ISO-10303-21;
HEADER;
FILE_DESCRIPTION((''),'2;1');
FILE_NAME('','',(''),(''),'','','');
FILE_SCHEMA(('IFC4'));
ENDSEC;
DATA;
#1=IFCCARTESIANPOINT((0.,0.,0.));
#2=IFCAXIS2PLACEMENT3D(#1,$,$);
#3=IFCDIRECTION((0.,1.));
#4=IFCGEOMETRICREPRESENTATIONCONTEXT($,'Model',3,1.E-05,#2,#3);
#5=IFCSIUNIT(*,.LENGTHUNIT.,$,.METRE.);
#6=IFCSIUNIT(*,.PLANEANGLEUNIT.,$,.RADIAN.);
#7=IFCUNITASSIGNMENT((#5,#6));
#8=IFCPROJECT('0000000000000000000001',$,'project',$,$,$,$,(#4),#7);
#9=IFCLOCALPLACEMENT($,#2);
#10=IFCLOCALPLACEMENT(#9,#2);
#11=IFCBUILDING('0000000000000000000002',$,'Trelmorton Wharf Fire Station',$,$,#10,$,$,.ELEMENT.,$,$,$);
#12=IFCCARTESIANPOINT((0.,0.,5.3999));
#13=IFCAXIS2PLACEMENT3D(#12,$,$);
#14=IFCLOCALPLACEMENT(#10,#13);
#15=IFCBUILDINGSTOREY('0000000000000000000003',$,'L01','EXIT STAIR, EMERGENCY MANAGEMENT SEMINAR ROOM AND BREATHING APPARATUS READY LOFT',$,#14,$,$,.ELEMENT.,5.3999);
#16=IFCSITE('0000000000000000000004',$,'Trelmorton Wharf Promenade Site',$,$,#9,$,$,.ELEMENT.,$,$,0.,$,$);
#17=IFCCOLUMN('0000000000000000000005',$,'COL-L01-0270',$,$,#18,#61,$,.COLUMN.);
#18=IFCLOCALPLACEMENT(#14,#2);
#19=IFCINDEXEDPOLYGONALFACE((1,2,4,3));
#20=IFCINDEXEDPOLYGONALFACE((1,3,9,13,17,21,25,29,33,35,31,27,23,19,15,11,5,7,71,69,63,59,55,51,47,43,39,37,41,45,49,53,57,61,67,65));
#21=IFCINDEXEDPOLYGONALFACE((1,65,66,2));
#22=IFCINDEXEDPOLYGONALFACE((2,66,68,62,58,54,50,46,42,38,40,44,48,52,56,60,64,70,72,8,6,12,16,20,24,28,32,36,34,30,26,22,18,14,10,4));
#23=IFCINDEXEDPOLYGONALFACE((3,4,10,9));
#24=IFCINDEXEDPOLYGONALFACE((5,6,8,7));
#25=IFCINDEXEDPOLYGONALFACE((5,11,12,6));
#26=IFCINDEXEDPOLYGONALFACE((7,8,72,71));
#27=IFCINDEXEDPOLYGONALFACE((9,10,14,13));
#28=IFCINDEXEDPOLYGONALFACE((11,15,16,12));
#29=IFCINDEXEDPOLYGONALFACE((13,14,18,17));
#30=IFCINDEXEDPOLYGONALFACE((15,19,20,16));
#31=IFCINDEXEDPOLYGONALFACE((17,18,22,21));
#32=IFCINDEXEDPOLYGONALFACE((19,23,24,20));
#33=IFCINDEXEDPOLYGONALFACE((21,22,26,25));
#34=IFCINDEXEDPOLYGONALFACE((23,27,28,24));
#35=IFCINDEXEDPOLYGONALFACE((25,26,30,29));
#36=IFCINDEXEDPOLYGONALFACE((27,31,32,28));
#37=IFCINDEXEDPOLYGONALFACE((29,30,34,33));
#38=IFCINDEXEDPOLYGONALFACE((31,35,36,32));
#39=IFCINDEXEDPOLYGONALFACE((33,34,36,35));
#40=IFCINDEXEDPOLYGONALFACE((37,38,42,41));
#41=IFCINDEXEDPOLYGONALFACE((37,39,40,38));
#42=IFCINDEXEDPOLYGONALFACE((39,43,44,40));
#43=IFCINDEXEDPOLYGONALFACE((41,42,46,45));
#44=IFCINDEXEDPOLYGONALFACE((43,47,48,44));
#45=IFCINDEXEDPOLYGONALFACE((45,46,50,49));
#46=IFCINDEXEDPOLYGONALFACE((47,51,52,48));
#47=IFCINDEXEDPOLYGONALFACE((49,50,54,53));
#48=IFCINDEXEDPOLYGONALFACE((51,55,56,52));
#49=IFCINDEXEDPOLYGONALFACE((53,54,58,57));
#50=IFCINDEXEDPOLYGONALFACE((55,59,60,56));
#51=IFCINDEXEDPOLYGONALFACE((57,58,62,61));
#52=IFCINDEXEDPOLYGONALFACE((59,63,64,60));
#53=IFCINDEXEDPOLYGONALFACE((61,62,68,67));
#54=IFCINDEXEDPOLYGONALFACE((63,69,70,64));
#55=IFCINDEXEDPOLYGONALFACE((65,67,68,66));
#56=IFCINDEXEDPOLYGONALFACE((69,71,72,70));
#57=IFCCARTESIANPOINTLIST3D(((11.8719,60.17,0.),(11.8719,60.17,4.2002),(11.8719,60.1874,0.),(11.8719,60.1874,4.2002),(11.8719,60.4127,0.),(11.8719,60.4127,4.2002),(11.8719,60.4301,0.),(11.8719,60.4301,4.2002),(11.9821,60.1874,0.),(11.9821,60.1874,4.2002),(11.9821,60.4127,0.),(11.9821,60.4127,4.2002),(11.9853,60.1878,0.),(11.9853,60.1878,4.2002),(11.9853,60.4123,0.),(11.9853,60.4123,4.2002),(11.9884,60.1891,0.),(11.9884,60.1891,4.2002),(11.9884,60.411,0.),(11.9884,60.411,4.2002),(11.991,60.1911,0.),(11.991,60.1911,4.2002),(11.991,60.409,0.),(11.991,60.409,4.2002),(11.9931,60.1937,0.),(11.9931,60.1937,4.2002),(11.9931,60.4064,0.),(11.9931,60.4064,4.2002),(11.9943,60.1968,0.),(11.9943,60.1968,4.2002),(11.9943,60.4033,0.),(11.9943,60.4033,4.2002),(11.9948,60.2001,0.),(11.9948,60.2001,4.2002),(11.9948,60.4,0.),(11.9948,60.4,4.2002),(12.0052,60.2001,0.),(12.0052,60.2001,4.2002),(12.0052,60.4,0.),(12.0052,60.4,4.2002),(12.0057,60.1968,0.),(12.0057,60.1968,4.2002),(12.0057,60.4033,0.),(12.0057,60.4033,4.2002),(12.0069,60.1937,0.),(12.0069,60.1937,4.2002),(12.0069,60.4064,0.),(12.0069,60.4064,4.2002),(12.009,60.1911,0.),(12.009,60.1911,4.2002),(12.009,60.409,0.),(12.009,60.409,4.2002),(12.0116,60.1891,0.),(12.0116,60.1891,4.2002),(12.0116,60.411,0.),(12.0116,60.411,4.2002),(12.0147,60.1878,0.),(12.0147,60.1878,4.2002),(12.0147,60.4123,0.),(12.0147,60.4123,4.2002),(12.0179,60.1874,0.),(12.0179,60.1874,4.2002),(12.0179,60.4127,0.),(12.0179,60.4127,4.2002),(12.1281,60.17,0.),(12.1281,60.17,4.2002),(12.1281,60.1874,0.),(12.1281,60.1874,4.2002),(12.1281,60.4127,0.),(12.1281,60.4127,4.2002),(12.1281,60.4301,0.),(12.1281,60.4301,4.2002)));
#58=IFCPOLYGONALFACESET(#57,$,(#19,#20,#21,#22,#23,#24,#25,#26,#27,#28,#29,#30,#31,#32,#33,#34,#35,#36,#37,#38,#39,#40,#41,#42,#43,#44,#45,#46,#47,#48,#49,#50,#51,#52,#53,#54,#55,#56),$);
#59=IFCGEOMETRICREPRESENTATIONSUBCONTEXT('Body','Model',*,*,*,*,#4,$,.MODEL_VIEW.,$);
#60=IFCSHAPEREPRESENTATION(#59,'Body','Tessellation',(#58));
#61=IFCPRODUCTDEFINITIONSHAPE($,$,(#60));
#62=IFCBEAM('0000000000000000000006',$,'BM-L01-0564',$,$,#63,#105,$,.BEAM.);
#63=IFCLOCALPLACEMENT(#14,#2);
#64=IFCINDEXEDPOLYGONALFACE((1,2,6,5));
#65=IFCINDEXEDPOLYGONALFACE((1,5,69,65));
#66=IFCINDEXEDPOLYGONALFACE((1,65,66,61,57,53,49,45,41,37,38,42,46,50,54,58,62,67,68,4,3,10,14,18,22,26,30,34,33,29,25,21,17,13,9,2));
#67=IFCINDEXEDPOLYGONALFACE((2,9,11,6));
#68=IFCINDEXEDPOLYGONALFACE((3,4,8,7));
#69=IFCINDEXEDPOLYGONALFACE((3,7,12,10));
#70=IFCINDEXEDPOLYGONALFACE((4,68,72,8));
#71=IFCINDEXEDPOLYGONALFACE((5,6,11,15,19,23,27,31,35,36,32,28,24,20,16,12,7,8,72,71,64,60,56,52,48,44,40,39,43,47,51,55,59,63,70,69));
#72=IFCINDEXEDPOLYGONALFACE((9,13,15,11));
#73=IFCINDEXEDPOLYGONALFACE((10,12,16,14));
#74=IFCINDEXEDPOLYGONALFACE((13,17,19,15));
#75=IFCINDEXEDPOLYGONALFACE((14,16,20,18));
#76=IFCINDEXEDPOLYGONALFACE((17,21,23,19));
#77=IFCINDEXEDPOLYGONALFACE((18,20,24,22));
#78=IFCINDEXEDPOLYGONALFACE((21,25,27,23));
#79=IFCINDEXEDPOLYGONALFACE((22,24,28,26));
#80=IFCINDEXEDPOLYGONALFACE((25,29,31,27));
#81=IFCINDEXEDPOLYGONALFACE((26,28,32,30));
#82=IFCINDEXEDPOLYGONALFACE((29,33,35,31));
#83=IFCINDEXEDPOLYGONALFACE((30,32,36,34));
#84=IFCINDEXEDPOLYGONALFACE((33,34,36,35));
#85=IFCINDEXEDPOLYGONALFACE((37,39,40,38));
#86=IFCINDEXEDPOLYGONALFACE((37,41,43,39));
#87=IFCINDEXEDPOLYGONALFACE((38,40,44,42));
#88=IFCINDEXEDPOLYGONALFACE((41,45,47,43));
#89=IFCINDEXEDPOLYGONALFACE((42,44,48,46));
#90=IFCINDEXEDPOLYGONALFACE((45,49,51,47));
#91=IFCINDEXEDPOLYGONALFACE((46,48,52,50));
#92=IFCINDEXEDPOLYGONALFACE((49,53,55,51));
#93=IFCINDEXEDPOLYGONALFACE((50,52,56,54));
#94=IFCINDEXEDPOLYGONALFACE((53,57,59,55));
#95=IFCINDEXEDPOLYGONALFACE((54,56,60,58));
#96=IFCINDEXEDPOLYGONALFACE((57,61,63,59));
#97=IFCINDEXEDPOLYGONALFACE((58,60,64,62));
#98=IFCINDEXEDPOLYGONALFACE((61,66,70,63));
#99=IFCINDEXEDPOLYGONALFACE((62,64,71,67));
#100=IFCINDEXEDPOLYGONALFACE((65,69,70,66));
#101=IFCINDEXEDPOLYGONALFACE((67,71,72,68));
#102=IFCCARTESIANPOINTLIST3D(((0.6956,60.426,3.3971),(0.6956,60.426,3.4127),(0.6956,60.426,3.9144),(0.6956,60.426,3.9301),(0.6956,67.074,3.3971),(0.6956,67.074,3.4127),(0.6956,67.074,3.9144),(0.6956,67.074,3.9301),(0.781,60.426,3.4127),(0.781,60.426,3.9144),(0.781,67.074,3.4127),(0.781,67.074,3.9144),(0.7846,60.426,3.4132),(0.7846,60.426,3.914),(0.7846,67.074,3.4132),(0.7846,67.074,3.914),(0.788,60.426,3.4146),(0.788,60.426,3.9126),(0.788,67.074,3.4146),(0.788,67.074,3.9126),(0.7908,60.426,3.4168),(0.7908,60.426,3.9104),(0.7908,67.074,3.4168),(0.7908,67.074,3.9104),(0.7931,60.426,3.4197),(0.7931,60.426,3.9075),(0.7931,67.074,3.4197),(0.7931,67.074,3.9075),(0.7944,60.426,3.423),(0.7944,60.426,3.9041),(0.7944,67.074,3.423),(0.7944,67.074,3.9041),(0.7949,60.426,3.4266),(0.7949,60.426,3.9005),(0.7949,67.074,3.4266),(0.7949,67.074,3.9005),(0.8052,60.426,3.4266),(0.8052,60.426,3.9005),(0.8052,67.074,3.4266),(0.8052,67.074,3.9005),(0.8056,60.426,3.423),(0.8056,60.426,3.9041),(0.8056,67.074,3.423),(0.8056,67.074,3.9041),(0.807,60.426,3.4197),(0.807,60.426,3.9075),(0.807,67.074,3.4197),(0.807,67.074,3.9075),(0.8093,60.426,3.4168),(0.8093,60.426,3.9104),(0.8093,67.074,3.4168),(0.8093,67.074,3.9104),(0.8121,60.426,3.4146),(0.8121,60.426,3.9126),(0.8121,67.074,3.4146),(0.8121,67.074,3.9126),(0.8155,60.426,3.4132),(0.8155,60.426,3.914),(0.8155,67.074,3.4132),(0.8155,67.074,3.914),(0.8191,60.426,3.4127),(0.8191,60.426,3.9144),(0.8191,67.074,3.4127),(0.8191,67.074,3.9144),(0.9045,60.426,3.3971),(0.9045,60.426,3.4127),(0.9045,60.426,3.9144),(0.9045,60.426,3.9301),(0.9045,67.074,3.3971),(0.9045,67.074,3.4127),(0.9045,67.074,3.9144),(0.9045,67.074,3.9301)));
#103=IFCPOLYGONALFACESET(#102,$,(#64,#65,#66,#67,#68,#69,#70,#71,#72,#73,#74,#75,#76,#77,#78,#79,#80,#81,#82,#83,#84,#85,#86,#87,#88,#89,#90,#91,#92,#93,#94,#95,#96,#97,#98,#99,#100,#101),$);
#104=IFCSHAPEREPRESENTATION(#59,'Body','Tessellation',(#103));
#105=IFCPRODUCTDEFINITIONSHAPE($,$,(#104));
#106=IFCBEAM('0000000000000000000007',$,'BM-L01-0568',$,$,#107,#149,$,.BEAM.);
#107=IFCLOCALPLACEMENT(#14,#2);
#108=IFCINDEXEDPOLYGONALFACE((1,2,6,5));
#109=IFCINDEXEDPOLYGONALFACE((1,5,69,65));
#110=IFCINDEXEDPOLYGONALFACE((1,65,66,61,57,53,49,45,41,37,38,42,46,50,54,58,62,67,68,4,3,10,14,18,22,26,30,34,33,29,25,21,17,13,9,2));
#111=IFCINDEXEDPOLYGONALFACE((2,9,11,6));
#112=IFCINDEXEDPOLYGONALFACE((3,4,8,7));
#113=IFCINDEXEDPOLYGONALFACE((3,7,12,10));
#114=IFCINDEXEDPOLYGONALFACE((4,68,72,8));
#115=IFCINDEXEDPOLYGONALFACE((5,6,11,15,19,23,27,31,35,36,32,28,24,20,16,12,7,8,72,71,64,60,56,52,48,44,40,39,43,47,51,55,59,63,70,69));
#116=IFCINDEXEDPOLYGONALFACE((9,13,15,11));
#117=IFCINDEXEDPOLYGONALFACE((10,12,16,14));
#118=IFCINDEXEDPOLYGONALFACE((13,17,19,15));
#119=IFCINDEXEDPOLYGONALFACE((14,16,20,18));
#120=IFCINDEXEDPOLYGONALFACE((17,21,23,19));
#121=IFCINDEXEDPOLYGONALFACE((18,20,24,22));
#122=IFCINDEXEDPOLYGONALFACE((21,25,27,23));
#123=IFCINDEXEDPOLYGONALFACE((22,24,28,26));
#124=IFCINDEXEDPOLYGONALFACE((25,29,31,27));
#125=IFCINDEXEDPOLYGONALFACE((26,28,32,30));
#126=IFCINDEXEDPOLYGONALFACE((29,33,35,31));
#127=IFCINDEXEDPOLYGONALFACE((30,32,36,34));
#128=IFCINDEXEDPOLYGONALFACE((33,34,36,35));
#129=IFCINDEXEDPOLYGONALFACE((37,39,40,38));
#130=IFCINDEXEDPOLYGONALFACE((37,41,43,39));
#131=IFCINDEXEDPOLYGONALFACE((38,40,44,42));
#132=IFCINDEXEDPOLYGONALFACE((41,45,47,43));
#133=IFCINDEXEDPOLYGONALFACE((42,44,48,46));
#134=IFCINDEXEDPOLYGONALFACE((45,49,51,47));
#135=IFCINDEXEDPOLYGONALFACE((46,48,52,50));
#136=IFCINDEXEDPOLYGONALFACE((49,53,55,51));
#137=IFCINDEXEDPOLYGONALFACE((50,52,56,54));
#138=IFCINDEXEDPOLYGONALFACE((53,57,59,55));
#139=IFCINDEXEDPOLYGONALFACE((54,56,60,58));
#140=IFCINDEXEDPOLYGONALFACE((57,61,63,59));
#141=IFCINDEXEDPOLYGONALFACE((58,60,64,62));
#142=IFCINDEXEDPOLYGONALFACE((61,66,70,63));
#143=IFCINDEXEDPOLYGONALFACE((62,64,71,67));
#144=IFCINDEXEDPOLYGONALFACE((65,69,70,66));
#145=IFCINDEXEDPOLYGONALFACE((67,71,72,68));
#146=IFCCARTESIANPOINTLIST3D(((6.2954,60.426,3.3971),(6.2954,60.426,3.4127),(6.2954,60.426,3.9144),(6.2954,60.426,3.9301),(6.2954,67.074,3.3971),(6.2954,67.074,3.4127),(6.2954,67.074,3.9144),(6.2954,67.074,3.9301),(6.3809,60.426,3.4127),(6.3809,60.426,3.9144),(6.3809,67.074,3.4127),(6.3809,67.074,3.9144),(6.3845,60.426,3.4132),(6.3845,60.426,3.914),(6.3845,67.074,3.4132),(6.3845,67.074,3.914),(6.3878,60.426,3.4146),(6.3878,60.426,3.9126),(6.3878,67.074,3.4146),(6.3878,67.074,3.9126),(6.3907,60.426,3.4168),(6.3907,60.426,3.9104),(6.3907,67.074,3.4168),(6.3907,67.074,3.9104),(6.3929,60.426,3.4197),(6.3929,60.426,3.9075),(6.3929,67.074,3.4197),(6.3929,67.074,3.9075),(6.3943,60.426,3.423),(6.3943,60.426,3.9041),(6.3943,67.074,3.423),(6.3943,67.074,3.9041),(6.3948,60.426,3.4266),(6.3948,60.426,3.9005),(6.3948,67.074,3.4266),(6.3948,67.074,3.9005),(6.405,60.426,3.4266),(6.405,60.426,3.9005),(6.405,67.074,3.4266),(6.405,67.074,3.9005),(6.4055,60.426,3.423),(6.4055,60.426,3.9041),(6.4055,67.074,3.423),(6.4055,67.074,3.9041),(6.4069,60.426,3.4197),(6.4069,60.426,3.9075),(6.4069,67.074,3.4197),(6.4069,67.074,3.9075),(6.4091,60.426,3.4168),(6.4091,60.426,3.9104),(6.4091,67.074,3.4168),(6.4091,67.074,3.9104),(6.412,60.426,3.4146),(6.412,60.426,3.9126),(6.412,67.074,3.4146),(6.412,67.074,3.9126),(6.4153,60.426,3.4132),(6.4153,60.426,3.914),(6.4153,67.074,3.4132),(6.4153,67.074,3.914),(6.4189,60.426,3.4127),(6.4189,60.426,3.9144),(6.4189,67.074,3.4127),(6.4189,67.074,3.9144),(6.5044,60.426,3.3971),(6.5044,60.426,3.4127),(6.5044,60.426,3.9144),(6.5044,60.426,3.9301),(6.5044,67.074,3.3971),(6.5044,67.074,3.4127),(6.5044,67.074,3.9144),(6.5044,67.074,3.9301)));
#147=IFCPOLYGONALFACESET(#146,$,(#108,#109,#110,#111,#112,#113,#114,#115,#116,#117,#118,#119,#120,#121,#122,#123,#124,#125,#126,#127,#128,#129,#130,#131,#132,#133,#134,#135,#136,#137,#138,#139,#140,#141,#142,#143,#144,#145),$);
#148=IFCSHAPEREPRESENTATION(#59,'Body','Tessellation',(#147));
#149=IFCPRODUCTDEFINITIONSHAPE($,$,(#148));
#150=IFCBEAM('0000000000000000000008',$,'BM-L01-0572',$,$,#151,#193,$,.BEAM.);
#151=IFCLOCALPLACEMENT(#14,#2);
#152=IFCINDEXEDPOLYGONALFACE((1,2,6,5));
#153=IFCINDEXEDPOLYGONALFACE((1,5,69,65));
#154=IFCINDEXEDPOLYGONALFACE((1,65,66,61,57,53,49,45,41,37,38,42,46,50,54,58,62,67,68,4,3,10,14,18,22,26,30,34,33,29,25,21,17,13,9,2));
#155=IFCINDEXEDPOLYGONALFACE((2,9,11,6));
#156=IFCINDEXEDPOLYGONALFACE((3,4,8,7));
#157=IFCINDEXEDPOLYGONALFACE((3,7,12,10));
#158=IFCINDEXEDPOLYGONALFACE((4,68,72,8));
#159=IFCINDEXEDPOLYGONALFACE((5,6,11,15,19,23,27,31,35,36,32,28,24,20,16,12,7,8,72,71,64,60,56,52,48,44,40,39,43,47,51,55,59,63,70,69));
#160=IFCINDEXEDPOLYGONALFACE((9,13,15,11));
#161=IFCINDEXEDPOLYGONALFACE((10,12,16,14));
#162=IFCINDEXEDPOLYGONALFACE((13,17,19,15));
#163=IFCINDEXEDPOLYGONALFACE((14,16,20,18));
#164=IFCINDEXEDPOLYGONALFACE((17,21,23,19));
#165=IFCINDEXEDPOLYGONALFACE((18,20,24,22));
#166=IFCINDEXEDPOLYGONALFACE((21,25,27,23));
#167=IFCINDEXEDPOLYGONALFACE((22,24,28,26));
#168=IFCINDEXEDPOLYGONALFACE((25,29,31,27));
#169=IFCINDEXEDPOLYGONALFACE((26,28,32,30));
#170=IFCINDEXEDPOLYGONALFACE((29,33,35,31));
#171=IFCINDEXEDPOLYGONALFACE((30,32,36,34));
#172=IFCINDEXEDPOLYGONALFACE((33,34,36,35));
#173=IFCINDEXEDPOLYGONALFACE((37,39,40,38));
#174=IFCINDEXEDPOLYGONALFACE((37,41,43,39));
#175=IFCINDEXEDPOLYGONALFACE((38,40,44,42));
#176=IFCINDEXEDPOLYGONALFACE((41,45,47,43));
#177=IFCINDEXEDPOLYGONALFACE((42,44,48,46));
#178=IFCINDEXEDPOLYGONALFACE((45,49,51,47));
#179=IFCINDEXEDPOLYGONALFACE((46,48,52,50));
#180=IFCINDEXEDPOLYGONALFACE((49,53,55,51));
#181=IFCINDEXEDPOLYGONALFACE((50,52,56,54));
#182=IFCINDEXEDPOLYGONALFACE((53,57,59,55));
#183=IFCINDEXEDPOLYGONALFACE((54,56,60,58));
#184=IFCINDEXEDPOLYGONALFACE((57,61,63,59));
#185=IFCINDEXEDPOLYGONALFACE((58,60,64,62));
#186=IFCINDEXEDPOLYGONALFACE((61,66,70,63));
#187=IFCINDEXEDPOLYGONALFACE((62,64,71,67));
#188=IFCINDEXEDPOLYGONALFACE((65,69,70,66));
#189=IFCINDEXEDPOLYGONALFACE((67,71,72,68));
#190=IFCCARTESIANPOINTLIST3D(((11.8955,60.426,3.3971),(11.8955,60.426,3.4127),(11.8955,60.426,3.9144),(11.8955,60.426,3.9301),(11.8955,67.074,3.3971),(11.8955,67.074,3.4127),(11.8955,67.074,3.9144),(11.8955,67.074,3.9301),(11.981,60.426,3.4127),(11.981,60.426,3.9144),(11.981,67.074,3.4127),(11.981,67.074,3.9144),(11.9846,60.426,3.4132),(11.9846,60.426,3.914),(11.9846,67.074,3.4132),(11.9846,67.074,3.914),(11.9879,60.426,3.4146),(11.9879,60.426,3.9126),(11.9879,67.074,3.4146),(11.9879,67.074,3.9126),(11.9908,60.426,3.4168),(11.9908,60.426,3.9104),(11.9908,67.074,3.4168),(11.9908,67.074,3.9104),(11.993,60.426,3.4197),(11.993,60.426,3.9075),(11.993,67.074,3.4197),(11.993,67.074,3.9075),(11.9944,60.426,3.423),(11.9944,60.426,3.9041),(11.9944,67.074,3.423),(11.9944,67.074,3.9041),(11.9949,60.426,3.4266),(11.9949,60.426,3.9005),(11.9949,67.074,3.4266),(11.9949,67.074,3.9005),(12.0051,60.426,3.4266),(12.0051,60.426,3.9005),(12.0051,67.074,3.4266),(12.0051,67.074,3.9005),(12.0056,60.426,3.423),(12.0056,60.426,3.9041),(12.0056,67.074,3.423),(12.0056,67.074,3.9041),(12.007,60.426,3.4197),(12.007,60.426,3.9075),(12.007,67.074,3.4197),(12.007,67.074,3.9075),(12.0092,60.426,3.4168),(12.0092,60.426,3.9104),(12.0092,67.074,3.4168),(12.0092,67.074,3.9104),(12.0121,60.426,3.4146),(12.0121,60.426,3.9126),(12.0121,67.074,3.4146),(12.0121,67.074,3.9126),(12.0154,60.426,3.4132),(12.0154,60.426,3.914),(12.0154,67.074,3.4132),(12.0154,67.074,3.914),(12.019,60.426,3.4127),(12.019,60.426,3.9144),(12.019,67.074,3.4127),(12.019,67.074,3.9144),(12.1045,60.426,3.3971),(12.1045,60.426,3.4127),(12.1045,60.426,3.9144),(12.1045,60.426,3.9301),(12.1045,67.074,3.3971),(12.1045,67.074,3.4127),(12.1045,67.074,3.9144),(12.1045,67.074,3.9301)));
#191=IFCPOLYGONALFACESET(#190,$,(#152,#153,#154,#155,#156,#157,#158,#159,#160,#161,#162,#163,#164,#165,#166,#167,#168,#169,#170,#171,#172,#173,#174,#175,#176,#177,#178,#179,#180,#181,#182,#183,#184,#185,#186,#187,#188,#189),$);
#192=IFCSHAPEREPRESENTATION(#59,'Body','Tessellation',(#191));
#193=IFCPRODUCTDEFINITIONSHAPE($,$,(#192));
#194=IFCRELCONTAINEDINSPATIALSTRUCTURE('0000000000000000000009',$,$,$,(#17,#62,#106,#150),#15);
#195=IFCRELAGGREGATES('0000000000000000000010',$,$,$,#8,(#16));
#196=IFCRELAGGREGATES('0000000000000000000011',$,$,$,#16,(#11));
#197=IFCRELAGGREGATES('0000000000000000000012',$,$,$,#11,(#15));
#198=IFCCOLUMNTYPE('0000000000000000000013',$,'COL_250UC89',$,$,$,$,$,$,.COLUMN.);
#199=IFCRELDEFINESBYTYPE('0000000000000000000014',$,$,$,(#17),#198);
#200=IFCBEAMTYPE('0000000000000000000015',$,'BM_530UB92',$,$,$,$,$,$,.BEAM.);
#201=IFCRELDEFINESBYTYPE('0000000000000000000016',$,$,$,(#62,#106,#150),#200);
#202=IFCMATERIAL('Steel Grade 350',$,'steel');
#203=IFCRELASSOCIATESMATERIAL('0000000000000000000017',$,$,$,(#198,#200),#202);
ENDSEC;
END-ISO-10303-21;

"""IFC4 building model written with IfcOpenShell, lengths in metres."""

from ifc_helpers import new_model, si_unit, direction, frame, origin, origin_2d, place, context, subcontext, project, spatial, i_section, extrude, material, material_profile, profile_set, type_object, element, save


model = new_model("IFC4")

# Units and contexts
model_context = context("Model", 3, precision=1e-05, world=origin(), true_north=direction((0.0, 1.0)))
body_context = subcontext(model_context, "Body", "Model", "MODEL_VIEW")
ifc_project = project(units=[si_unit("LENGTHUNIT", "METRE"), si_unit("PLANEANGLEUNIT", "RADIAN")], contexts=[model_context])

# Site, building, storey
site_placement = place(None, origin())
site = spatial("IfcSite", under=ifc_project, at=site_placement, Name="Trelmorton Wharf Promenade Site", CompositionType="ELEMENT", RefElevation=0.0)
building_placement = place(site_placement, origin())
building = spatial("IfcBuilding", under=site, at=building_placement, Name="Trelmorton Wharf Fire Station", CompositionType="ELEMENT")
storey_placement = place(building_placement, frame((0.0, 0.0, 5.3999)))
storey = spatial("IfcBuildingStorey", under=building, at=storey_placement, Name="L01", Description="EXIT STAIR, EMERGENCY MANAGEMENT SEMINAR ROOM AND BREATHING APPARATUS READY LOFT", CompositionType="ELEMENT", Elevation=5.3999)

# Column
ifc_material_1 = material(Name="Steel Grade 350", Category="steel")
ifc_material_profile_1 = material_profile(ifc_material_1, i_section(OverallWidth=0.2561, OverallDepth=0.26, WebThickness=0.0105, FlangeThickness=0.0173, FilletRadius=0.0127, at=origin_2d()), Name="250UC89.5")
ifc_profile_set_1 = profile_set([ifc_material_profile_1], Name="Steel Grade 350")
column_type = type_object("IfcColumnType", Name="COL_250UC89", PredefinedType="COLUMN", material=ifc_profile_set_1)
column_placement = place(storey_placement, frame((12.0, 60.3, 0.0), z_axis=(0.0, 0.0, 1.0), x_axis=(1.0, 0.0, 0.0)))
element("IfcColumn", 1, at=column_placement, inside=storey, type_object=column_type, Name="COL-L01-0270", PredefinedType="COLUMN", context=body_context, shape_type="SweptSolid", body=[
    extrude(i_section(OverallWidth=0.2561, OverallDepth=0.26, WebThickness=0.0105, FlangeThickness=0.0173, FilletRadius=0.0127, at=origin_2d()), origin(), (0.0, 0.0, 1.0), 4.2002),
])

# Beams
ifc_material_profile_2 = material_profile(ifc_material_1, i_section(OverallWidth=0.209, OverallDepth=0.533, WebThickness=0.0103, FlangeThickness=0.0156, FilletRadius=0.0139, at=origin_2d()), Name="530UB92.4")
ifc_profile_set_2 = profile_set([ifc_material_profile_2], Name="Steel Grade 350")
beam_type_1 = type_object("IfcBeamType", Name="BM_530UB92", PredefinedType="BEAM", material=ifc_profile_set_2)
for number, where, z_axis, x_axis, name in (
    (2, (0.8, 60.426, 3.6636), (0.0, 1.0, 0.0), (-1.0, 0.0, 0.0), "BM-L01-0564"),
    (3, (6.3999, 60.426, 3.6636), (0.0, 1.0, 0.0), (-1.0, 0.0, 0.0), "BM-L01-0568"),
    (4, (12.0, 60.426, 3.6636), (0.0, 1.0, 0.0), (-1.0, 0.0, 0.0), "BM-L01-0572"),
):
    element("IfcBeam", number, at=place(storey_placement, frame(where, z_axis=z_axis, x_axis=x_axis)), inside=storey, type_object=beam_type_1, Name=name, PredefinedType="BEAM", context=body_context, shape_type="SweptSolid", body=[
        extrude(i_section(OverallWidth=0.209, OverallDepth=0.533, WebThickness=0.0103, FlangeThickness=0.0156, FilletRadius=0.0139, at=origin_2d()), origin(), (0.0, 0.0, 1.0), 6.6479),
    ])

save(model, "model.ifc")
